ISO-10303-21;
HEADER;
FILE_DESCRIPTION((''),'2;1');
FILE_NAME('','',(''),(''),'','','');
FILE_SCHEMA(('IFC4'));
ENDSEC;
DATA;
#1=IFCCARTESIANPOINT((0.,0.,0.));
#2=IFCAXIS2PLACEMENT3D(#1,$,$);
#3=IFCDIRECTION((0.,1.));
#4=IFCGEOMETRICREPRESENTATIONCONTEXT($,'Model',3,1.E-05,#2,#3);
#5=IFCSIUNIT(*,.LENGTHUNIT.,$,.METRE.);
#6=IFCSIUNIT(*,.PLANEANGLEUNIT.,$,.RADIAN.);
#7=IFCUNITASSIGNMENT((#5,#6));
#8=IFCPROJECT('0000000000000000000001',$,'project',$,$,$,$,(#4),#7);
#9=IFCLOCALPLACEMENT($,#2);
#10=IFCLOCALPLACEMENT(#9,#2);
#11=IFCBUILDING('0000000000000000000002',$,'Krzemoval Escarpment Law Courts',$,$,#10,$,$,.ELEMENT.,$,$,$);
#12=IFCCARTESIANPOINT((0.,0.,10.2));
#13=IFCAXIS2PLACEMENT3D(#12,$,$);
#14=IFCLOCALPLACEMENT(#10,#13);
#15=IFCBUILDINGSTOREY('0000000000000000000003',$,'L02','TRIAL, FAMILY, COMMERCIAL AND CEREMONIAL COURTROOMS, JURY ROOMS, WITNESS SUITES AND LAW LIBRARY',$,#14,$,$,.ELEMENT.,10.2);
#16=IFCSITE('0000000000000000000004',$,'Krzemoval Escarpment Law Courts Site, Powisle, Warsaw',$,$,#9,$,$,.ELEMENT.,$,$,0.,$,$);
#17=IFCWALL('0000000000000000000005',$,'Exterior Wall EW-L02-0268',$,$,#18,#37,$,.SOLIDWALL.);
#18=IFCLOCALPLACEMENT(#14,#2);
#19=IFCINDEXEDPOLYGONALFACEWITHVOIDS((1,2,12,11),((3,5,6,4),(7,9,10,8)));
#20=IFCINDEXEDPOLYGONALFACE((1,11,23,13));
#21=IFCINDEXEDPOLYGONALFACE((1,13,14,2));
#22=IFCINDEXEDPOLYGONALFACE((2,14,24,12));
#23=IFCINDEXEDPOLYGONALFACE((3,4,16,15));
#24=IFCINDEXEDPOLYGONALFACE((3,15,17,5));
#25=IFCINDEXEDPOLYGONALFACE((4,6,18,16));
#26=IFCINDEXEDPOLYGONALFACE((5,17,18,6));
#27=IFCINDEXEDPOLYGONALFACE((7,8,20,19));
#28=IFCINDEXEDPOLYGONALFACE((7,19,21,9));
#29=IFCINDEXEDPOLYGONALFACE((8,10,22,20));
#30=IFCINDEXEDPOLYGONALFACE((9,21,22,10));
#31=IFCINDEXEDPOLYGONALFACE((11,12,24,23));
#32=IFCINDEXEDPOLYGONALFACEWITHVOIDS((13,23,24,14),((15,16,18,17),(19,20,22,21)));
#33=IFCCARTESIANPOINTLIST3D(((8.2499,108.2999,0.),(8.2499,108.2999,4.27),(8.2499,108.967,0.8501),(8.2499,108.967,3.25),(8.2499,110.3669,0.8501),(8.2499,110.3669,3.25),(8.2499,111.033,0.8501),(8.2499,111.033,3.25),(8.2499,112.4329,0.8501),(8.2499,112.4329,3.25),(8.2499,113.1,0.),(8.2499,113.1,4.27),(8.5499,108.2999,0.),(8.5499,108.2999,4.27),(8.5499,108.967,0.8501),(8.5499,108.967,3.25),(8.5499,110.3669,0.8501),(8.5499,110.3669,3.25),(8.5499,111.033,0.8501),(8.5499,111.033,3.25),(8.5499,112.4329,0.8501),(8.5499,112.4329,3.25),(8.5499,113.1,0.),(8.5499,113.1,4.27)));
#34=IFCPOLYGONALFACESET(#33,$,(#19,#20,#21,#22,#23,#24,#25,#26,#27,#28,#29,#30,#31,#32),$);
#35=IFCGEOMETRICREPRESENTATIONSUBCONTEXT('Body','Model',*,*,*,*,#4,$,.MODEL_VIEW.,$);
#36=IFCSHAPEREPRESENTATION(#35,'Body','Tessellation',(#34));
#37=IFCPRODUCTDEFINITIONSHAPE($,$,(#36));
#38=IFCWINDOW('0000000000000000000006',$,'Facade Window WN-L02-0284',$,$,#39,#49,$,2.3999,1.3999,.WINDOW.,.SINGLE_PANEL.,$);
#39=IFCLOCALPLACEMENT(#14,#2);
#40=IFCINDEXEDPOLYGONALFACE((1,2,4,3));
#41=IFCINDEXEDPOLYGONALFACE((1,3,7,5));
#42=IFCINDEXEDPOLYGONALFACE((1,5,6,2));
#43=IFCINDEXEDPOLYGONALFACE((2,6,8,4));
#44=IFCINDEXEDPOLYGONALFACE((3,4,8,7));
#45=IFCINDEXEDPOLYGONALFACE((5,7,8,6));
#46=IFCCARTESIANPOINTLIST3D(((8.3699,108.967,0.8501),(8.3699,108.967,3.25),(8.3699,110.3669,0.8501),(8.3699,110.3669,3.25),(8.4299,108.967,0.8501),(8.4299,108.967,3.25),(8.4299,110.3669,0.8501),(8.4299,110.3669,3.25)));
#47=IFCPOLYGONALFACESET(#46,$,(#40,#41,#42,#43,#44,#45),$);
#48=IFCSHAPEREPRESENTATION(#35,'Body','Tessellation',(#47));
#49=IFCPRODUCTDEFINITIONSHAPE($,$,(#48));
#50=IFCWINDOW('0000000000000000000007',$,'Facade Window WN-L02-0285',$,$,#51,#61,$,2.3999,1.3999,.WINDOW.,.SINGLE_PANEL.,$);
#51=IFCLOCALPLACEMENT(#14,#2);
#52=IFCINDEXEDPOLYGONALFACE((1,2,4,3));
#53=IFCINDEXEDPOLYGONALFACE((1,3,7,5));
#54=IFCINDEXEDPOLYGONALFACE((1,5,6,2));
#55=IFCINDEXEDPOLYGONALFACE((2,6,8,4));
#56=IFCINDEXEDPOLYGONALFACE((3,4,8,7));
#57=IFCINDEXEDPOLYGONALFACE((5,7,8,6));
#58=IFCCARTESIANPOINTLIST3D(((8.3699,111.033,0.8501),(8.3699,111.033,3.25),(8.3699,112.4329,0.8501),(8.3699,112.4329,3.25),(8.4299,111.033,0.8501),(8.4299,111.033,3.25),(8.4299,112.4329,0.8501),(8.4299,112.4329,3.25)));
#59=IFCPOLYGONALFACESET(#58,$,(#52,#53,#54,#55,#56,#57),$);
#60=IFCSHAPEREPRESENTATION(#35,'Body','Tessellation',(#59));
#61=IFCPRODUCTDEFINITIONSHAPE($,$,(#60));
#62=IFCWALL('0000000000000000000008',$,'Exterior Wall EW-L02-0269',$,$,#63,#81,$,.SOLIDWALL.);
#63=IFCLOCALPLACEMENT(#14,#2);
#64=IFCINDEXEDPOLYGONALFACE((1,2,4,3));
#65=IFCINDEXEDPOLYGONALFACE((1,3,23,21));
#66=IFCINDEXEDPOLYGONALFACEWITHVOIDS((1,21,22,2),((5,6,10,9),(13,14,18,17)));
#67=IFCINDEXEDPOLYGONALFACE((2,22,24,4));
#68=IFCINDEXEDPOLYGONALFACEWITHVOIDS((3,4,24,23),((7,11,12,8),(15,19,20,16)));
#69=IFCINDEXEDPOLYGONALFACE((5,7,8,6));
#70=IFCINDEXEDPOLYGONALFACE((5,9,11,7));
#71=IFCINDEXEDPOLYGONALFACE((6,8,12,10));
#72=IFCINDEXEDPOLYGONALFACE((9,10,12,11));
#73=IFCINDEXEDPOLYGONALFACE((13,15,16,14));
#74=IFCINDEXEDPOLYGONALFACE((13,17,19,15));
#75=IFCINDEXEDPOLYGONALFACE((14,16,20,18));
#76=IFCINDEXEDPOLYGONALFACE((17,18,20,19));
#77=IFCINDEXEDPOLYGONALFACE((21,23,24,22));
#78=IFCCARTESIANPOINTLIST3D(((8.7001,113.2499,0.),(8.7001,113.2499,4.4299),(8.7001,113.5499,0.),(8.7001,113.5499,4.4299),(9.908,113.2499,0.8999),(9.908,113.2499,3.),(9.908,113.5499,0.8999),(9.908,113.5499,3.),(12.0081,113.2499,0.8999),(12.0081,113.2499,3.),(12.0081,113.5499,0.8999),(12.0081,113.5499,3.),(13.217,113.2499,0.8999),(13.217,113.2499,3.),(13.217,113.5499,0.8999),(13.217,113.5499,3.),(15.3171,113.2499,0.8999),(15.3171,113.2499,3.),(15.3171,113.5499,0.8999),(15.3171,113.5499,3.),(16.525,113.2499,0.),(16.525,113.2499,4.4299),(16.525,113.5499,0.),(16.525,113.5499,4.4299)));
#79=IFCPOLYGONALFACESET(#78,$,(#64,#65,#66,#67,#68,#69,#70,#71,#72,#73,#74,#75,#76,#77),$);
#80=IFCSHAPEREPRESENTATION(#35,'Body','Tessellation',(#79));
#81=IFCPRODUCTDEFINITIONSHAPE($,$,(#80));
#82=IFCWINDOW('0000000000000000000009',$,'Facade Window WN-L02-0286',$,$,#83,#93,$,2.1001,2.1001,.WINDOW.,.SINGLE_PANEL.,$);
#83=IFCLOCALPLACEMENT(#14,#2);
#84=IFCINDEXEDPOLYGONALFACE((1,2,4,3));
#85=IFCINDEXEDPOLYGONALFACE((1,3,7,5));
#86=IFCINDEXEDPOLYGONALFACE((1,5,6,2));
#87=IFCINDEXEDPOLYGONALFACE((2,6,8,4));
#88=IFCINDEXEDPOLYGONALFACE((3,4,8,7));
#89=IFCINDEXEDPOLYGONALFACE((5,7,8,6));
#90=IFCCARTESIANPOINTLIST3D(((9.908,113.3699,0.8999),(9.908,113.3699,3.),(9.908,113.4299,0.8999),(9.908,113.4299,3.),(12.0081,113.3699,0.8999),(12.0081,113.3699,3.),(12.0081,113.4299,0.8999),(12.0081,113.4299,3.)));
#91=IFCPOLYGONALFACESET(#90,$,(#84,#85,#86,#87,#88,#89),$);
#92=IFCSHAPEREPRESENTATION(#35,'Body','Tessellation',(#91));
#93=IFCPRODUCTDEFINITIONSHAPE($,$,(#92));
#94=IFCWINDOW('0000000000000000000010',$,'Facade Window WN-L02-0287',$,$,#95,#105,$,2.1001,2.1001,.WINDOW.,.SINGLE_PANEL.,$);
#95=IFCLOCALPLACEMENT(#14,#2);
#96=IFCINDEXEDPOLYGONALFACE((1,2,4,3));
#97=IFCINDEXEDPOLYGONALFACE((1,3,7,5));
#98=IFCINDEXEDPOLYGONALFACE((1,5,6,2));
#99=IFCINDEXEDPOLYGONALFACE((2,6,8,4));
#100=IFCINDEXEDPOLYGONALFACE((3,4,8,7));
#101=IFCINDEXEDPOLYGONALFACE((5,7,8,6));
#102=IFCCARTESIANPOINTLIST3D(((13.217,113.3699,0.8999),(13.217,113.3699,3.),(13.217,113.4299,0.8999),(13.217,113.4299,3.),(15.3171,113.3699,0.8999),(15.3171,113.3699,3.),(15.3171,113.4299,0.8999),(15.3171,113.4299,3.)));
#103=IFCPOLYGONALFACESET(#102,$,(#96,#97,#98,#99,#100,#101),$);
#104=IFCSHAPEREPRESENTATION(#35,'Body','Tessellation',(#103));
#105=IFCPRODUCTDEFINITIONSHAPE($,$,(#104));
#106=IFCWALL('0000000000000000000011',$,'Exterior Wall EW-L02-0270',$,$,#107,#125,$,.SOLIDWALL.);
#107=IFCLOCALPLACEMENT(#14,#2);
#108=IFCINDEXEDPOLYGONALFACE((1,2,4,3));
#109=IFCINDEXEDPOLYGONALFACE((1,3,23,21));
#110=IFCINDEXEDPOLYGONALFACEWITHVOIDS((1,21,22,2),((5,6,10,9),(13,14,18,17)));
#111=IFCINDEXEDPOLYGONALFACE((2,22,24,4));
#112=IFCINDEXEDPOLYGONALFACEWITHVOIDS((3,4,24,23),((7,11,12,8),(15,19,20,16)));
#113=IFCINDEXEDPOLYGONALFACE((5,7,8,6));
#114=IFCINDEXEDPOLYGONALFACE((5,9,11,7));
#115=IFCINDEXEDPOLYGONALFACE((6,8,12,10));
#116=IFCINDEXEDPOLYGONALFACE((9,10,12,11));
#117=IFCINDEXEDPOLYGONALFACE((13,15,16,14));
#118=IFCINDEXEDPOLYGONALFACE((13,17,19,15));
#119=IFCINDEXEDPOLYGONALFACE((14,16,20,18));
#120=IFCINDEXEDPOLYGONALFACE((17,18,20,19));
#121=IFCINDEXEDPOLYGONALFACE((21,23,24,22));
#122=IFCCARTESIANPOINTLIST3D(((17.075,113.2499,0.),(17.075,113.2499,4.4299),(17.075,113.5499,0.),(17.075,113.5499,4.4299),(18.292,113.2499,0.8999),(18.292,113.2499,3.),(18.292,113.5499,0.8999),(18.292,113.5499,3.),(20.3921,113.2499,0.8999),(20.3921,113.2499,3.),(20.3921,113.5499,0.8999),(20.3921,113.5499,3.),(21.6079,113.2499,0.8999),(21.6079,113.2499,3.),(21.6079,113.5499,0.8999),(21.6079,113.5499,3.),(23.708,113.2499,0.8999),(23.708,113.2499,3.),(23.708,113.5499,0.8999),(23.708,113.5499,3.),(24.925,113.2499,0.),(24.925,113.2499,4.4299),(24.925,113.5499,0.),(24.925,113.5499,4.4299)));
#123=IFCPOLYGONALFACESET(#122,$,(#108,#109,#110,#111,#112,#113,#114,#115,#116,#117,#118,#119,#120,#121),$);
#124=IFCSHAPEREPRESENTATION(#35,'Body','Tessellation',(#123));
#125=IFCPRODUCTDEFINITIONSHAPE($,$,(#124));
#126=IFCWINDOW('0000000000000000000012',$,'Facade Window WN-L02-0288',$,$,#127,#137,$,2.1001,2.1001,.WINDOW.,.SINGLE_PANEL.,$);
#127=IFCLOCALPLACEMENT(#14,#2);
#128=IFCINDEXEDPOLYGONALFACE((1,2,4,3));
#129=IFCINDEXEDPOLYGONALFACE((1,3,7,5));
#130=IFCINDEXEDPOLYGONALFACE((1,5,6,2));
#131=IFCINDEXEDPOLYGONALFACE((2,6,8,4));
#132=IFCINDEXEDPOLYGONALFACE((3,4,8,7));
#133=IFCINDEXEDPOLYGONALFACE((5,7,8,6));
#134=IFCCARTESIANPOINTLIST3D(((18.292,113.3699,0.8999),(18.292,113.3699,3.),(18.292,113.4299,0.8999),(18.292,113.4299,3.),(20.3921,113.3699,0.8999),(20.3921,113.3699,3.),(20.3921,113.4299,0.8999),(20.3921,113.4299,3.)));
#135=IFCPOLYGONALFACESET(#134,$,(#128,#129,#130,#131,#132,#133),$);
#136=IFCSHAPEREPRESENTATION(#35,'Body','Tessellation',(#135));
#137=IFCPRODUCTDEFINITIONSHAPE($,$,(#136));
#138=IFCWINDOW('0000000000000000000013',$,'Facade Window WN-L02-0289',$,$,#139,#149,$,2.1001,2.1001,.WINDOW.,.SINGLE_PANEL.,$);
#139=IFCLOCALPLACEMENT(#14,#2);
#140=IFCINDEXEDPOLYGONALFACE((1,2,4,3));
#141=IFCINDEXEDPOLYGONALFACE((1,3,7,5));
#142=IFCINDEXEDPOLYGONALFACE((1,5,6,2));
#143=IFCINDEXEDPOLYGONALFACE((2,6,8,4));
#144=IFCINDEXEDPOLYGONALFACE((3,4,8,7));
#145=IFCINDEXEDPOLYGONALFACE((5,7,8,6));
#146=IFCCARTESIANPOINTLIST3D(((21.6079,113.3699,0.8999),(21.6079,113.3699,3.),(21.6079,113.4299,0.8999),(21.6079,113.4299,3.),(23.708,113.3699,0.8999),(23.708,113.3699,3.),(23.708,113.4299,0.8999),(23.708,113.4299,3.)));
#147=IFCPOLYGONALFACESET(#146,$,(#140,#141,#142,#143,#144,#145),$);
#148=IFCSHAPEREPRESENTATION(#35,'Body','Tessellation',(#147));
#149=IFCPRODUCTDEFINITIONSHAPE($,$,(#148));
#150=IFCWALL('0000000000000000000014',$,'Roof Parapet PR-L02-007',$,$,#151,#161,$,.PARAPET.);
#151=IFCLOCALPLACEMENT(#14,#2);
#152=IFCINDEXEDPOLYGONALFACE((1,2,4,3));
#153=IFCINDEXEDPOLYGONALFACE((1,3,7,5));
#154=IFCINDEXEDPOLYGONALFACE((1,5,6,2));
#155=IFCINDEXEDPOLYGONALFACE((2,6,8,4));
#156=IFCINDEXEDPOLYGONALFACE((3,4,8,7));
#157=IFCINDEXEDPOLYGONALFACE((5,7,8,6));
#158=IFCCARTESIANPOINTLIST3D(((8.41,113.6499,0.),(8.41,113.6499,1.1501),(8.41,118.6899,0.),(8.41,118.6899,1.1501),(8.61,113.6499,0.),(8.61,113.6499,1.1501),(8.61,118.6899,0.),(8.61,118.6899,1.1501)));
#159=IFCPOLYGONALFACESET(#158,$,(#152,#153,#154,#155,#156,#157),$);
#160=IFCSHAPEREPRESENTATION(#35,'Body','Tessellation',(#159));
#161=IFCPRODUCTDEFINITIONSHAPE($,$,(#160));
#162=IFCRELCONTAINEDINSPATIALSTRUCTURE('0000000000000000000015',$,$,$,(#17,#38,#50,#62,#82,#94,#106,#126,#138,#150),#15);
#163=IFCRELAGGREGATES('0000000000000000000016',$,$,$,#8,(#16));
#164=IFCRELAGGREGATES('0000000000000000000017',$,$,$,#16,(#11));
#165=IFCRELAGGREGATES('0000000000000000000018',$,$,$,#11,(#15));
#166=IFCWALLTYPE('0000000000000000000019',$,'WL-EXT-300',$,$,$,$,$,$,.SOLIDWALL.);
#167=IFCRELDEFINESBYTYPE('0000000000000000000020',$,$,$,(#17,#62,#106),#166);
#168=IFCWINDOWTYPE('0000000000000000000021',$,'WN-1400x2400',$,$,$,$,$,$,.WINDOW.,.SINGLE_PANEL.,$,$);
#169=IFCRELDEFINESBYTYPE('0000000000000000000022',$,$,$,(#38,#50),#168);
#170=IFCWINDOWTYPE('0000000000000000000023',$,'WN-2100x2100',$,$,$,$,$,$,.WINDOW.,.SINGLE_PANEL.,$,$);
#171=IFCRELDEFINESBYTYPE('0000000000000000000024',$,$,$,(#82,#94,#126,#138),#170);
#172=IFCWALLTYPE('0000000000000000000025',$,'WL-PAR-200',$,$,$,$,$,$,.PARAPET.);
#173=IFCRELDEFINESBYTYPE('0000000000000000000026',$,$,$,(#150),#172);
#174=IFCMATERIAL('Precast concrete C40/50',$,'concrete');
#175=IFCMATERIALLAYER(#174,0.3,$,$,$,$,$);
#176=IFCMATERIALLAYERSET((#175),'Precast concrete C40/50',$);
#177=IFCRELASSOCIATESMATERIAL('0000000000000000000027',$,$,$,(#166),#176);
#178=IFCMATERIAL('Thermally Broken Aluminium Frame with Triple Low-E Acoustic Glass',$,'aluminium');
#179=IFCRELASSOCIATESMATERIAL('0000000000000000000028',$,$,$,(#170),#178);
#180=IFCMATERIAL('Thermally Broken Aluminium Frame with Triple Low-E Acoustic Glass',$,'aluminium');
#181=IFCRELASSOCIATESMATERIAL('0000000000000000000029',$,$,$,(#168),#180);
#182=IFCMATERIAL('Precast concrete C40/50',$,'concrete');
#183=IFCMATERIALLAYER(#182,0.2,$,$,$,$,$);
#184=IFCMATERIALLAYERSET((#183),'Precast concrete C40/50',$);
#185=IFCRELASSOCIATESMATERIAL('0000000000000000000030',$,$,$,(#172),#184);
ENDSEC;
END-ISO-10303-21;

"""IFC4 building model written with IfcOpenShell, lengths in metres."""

from ifc_helpers import new_model, si_unit, direction, frame, frame_2d, origin, place, context, subcontext, project, spatial, rectangle, extrude, material, layer, layer_set, type_object, element, fill, save


model = new_model("IFC4")

# Units and contexts
model_context = context("Model", 3, precision=1e-05, world=origin(), true_north=direction((0.0, 1.0)))
body_context = subcontext(model_context, "Body", "Model", "MODEL_VIEW")
ifc_project = project(units=[si_unit("LENGTHUNIT", "METRE"), si_unit("PLANEANGLEUNIT", "RADIAN")], contexts=[model_context])

# Site, building, storey
site_placement = place(None, origin())
site = spatial("IfcSite", under=ifc_project, at=site_placement, Name="Krzemoval Escarpment Law Courts Site, Powisle, Warsaw", CompositionType="ELEMENT", RefElevation=0.0)
building_placement = place(site_placement, origin())
building = spatial("IfcBuilding", under=site, at=building_placement, Name="Krzemoval Escarpment Law Courts", CompositionType="ELEMENT")
storey_placement = place(building_placement, frame((0.0, 0.0, 10.2)))
storey = spatial("IfcBuildingStorey", under=building, at=storey_placement, Name="L02", Description="TRIAL, FAMILY, COMMERCIAL AND CEREMONIAL COURTROOMS, JURY ROOMS, WITNESS SUITES AND LAW LIBRARY", CompositionType="ELEMENT", Elevation=10.2)

# Walls, openings, windows
ifc_material_1 = material(Name="Precast concrete C40/50", Category="concrete")
ifc_layer_1 = layer(ifc_material_1, 0.3)
ifc_layer_set_1 = layer_set([ifc_layer_1], Name="Precast concrete C40/50")
wall_type_1 = type_object("IfcWallType", Name="WL-EXT-300", PredefinedType="SOLIDWALL", material=ifc_layer_set_1)
ifc_material_2 = material(Name="Thermally Broken Aluminium Frame with Triple Low-E Acoustic Glass", Category="aluminium")
window_type_1 = type_object("IfcWindowType", Name="WN-2100x2100", PartitioningType="SINGLE_PANEL", PredefinedType="WINDOW", material=ifc_material_2)
wall_1_placement = place(storey_placement, frame((8.3999, 108.3, 0.0), z_axis=(0.0, 0.0, 1.0), x_axis=(0.0, 1.0, 0.0)))
wall_1 = element("IfcWall", 1, at=wall_1_placement, inside=storey, type_object=wall_type_1, Name="Exterior Wall EW-L02-0268", PredefinedType="SOLIDWALL", context=body_context, shape_type="SweptSolid", body=[
    extrude(rectangle(XDim=4.8, YDim=0.3, at=frame_2d((2.3999, 0.0))), origin(), (0.0, 0.0, 1.0), 4.27),
])
opening_1_placement = place(wall_1_placement, frame((0.667, 0.0, 0.8501)))
opening_1 = element("IfcOpeningElement", 2, at=opening_1_placement, cuts=wall_1, PredefinedType="OPENING", context=body_context, shape_type="SweptSolid", body=[
    extrude(rectangle(XDim=1.3999, YDim=2.3999, at=frame_2d((0.7, 1.2))), frame((0.0, 0.165, 0.0), z_axis=(0.0, -1.0, 0.0), x_axis=(1.0, 0.0, 0.0)), (0.0, 0.0, 1.0), 0.3301),
])
opening_2_placement = place(wall_1_placement, frame((2.7329, 0.0, 0.8501)))
opening_2 = element("IfcOpeningElement", 3, at=opening_2_placement, cuts=wall_1, PredefinedType="OPENING", context=body_context, shape_type="SweptSolid", body=[
    extrude(rectangle(XDim=1.3999, YDim=2.3999, at=frame_2d((0.7, 1.2))), frame((0.0, 0.165, 0.0), z_axis=(0.0, -1.0, 0.0), x_axis=(1.0, 0.0, 0.0)), (0.0, 0.0, 1.0), 0.3301),
])
ifc_material_3 = material(Name="Thermally Broken Aluminium Frame with Triple Low-E Acoustic Glass", Category="aluminium")
window_type_2 = type_object("IfcWindowType", Name="WN-1400x2400", PartitioningType="SINGLE_PANEL", PredefinedType="WINDOW", material=ifc_material_3)
window_1_placement = place(opening_1_placement, origin())
window_1 = element("IfcWindow", 4, at=window_1_placement, inside=storey, type_object=window_type_2, Name="Facade Window WN-L02-0284", OverallHeight=2.3999, OverallWidth=1.3999, PartitioningType="SINGLE_PANEL", PredefinedType="WINDOW", context=body_context, shape_type="SweptSolid", body=[
    extrude(rectangle(XDim=1.3999, YDim=2.3999, at=frame_2d((0.7, 1.2))), frame((0.0, 0.03, 0.0), z_axis=(0.0, -1.0, 0.0), x_axis=(1.0, 0.0, 0.0)), (0.0, 0.0, 1.0), 0.0601),
])
fill(opening_1, window_1)
window_2_placement = place(opening_2_placement, origin())
window_2 = element("IfcWindow", 5, at=window_2_placement, inside=storey, type_object=window_type_2, Name="Facade Window WN-L02-0285", OverallHeight=2.3999, OverallWidth=1.3999, PartitioningType="SINGLE_PANEL", PredefinedType="WINDOW", context=body_context, shape_type="SweptSolid", body=[
    extrude(rectangle(XDim=1.3999, YDim=2.3999, at=frame_2d((0.7, 1.2))), frame((0.0, 0.03, 0.0), z_axis=(0.0, -1.0, 0.0), x_axis=(1.0, 0.0, 0.0)), (0.0, 0.0, 1.0), 0.0601),
])
fill(opening_2, window_2)
wall_2_placement = place(storey_placement, frame((8.7, 113.3999, 0.0), z_axis=(0.0, 0.0, 1.0), x_axis=(1.0, 0.0, 0.0)))
wall_2 = element("IfcWall", 6, at=wall_2_placement, inside=storey, type_object=wall_type_1, Name="Exterior Wall EW-L02-0269", PredefinedType="SOLIDWALL", context=body_context, shape_type="SweptSolid", body=[
    extrude(rectangle(XDim=7.825, YDim=0.3, at=frame_2d((3.9126, 0.0))), origin(), (0.0, 0.0, 1.0), 4.4299),
])
opening_3_placement = place(wall_2_placement, frame((1.208, 0.0, 0.8999)))
opening_3 = element("IfcOpeningElement", 7, at=opening_3_placement, cuts=wall_2, PredefinedType="OPENING", context=body_context, shape_type="SweptSolid", body=[
    extrude(rectangle(XDim=2.1001, YDim=2.1001, at=frame_2d((1.05, 1.05))), frame((0.0, 0.165, 0.0), z_axis=(0.0, -1.0, 0.0), x_axis=(1.0, 0.0, 0.0)), (0.0, 0.0, 1.0), 0.3301),
])
opening_4_placement = place(wall_2_placement, frame((4.5171, 0.0, 0.8999)))
opening_4 = element("IfcOpeningElement", 8, at=opening_4_placement, cuts=wall_2, PredefinedType="OPENING", context=body_context, shape_type="SweptSolid", body=[
    extrude(rectangle(XDim=2.1001, YDim=2.1001, at=frame_2d((1.05, 1.05))), frame((0.0, 0.165, 0.0), z_axis=(0.0, -1.0, 0.0), x_axis=(1.0, 0.0, 0.0)), (0.0, 0.0, 1.0), 0.3301),
])
window_3_placement = place(opening_3_placement, origin())
window_3 = element("IfcWindow", 9, at=window_3_placement, inside=storey, type_object=window_type_1, Name="Facade Window WN-L02-0286", OverallHeight=2.1001, OverallWidth=2.1001, PartitioningType="SINGLE_PANEL", PredefinedType="WINDOW", context=body_context, shape_type="SweptSolid", body=[
    extrude(rectangle(XDim=2.1001, YDim=2.1001, at=frame_2d((1.05, 1.05))), frame((0.0, 0.03, 0.0), z_axis=(0.0, -1.0, 0.0), x_axis=(1.0, 0.0, 0.0)), (0.0, 0.0, 1.0), 0.0601),
])
fill(opening_3, window_3)
window_4_placement = place(opening_4_placement, origin())
window_4 = element("IfcWindow", 10, at=window_4_placement, inside=storey, type_object=window_type_1, Name="Facade Window WN-L02-0287", OverallHeight=2.1001, OverallWidth=2.1001, PartitioningType="SINGLE_PANEL", PredefinedType="WINDOW", context=body_context, shape_type="SweptSolid", body=[
    extrude(rectangle(XDim=2.1001, YDim=2.1001, at=frame_2d((1.05, 1.05))), frame((0.0, 0.03, 0.0), z_axis=(0.0, -1.0, 0.0), x_axis=(1.0, 0.0, 0.0)), (0.0, 0.0, 1.0), 0.0601),
])
fill(opening_4, window_4)
wall_3_placement = place(storey_placement, frame((17.075, 113.3999, 0.0), z_axis=(0.0, 0.0, 1.0), x_axis=(1.0, 0.0, 0.0)))
wall_3 = element("IfcWall", 11, at=wall_3_placement, inside=storey, type_object=wall_type_1, Name="Exterior Wall EW-L02-0270", PredefinedType="SOLIDWALL", context=body_context, shape_type="SweptSolid", body=[
    extrude(rectangle(XDim=7.8501, YDim=0.3, at=frame_2d((3.925, 0.0))), origin(), (0.0, 0.0, 1.0), 4.4299),
])
opening_5_placement = place(wall_3_placement, frame((1.217, 0.0, 0.8999)))
opening_5 = element("IfcOpeningElement", 12, at=opening_5_placement, cuts=wall_3, PredefinedType="OPENING", context=body_context, shape_type="SweptSolid", body=[
    extrude(rectangle(XDim=2.1001, YDim=2.1001, at=frame_2d((1.05, 1.05))), frame((0.0, 0.165, 0.0), z_axis=(0.0, -1.0, 0.0), x_axis=(1.0, 0.0, 0.0)), (0.0, 0.0, 1.0), 0.3301),
])
opening_6_placement = place(wall_3_placement, frame((4.533, 0.0, 0.8999)))
opening_6 = element("IfcOpeningElement", 13, at=opening_6_placement, cuts=wall_3, PredefinedType="OPENING", context=body_context, shape_type="SweptSolid", body=[
    extrude(rectangle(XDim=2.1001, YDim=2.1001, at=frame_2d((1.05, 1.05))), frame((0.0, 0.165, 0.0), z_axis=(0.0, -1.0, 0.0), x_axis=(1.0, 0.0, 0.0)), (0.0, 0.0, 1.0), 0.3301),
])
window_5_placement = place(opening_5_placement, origin())
window_5 = element("IfcWindow", 14, at=window_5_placement, inside=storey, type_object=window_type_1, Name="Facade Window WN-L02-0288", OverallHeight=2.1001, OverallWidth=2.1001, PartitioningType="SINGLE_PANEL", PredefinedType="WINDOW", context=body_context, shape_type="SweptSolid", body=[
    extrude(rectangle(XDim=2.1001, YDim=2.1001, at=frame_2d((1.05, 1.05))), frame((0.0, 0.03, 0.0), z_axis=(0.0, -1.0, 0.0), x_axis=(1.0, 0.0, 0.0)), (0.0, 0.0, 1.0), 0.0601),
])
fill(opening_5, window_5)
window_6_placement = place(opening_6_placement, origin())
window_6 = element("IfcWindow", 15, at=window_6_placement, inside=storey, type_object=window_type_1, Name="Facade Window WN-L02-0289", OverallHeight=2.1001, OverallWidth=2.1001, PartitioningType="SINGLE_PANEL", PredefinedType="WINDOW", context=body_context, shape_type="SweptSolid", body=[
    extrude(rectangle(XDim=2.1001, YDim=2.1001, at=frame_2d((1.05, 1.05))), frame((0.0, 0.03, 0.0), z_axis=(0.0, -1.0, 0.0), x_axis=(1.0, 0.0, 0.0)), (0.0, 0.0, 1.0), 0.0601),
])
fill(opening_6, window_6)

# Wall
ifc_material_4 = material(Name="Precast concrete C40/50", Category="concrete")
ifc_layer_2 = layer(ifc_material_4, 0.2)
ifc_layer_set_2 = layer_set([ifc_layer_2], Name="Precast concrete C40/50")
wall_type_2 = type_object("IfcWallType", Name="WL-PAR-200", PredefinedType="PARAPET", material=ifc_layer_set_2)
wall_4_placement = place(storey_placement, frame((8.51, 118.6899, 0.0), z_axis=(0.0, 0.0, 1.0), x_axis=(0.0, -1.0, 0.0)))
element("IfcWall", 16, at=wall_4_placement, inside=storey, type_object=wall_type_2, Name="Roof Parapet PR-L02-007", PredefinedType="PARAPET", context=body_context, shape_type="SweptSolid", body=[
    extrude(rectangle(XDim=5.04, YDim=0.2, at=frame_2d((2.52, 0.0))), origin(), (0.0, 0.0, 1.0), 1.1501),
])

save(model, "model.ifc")
